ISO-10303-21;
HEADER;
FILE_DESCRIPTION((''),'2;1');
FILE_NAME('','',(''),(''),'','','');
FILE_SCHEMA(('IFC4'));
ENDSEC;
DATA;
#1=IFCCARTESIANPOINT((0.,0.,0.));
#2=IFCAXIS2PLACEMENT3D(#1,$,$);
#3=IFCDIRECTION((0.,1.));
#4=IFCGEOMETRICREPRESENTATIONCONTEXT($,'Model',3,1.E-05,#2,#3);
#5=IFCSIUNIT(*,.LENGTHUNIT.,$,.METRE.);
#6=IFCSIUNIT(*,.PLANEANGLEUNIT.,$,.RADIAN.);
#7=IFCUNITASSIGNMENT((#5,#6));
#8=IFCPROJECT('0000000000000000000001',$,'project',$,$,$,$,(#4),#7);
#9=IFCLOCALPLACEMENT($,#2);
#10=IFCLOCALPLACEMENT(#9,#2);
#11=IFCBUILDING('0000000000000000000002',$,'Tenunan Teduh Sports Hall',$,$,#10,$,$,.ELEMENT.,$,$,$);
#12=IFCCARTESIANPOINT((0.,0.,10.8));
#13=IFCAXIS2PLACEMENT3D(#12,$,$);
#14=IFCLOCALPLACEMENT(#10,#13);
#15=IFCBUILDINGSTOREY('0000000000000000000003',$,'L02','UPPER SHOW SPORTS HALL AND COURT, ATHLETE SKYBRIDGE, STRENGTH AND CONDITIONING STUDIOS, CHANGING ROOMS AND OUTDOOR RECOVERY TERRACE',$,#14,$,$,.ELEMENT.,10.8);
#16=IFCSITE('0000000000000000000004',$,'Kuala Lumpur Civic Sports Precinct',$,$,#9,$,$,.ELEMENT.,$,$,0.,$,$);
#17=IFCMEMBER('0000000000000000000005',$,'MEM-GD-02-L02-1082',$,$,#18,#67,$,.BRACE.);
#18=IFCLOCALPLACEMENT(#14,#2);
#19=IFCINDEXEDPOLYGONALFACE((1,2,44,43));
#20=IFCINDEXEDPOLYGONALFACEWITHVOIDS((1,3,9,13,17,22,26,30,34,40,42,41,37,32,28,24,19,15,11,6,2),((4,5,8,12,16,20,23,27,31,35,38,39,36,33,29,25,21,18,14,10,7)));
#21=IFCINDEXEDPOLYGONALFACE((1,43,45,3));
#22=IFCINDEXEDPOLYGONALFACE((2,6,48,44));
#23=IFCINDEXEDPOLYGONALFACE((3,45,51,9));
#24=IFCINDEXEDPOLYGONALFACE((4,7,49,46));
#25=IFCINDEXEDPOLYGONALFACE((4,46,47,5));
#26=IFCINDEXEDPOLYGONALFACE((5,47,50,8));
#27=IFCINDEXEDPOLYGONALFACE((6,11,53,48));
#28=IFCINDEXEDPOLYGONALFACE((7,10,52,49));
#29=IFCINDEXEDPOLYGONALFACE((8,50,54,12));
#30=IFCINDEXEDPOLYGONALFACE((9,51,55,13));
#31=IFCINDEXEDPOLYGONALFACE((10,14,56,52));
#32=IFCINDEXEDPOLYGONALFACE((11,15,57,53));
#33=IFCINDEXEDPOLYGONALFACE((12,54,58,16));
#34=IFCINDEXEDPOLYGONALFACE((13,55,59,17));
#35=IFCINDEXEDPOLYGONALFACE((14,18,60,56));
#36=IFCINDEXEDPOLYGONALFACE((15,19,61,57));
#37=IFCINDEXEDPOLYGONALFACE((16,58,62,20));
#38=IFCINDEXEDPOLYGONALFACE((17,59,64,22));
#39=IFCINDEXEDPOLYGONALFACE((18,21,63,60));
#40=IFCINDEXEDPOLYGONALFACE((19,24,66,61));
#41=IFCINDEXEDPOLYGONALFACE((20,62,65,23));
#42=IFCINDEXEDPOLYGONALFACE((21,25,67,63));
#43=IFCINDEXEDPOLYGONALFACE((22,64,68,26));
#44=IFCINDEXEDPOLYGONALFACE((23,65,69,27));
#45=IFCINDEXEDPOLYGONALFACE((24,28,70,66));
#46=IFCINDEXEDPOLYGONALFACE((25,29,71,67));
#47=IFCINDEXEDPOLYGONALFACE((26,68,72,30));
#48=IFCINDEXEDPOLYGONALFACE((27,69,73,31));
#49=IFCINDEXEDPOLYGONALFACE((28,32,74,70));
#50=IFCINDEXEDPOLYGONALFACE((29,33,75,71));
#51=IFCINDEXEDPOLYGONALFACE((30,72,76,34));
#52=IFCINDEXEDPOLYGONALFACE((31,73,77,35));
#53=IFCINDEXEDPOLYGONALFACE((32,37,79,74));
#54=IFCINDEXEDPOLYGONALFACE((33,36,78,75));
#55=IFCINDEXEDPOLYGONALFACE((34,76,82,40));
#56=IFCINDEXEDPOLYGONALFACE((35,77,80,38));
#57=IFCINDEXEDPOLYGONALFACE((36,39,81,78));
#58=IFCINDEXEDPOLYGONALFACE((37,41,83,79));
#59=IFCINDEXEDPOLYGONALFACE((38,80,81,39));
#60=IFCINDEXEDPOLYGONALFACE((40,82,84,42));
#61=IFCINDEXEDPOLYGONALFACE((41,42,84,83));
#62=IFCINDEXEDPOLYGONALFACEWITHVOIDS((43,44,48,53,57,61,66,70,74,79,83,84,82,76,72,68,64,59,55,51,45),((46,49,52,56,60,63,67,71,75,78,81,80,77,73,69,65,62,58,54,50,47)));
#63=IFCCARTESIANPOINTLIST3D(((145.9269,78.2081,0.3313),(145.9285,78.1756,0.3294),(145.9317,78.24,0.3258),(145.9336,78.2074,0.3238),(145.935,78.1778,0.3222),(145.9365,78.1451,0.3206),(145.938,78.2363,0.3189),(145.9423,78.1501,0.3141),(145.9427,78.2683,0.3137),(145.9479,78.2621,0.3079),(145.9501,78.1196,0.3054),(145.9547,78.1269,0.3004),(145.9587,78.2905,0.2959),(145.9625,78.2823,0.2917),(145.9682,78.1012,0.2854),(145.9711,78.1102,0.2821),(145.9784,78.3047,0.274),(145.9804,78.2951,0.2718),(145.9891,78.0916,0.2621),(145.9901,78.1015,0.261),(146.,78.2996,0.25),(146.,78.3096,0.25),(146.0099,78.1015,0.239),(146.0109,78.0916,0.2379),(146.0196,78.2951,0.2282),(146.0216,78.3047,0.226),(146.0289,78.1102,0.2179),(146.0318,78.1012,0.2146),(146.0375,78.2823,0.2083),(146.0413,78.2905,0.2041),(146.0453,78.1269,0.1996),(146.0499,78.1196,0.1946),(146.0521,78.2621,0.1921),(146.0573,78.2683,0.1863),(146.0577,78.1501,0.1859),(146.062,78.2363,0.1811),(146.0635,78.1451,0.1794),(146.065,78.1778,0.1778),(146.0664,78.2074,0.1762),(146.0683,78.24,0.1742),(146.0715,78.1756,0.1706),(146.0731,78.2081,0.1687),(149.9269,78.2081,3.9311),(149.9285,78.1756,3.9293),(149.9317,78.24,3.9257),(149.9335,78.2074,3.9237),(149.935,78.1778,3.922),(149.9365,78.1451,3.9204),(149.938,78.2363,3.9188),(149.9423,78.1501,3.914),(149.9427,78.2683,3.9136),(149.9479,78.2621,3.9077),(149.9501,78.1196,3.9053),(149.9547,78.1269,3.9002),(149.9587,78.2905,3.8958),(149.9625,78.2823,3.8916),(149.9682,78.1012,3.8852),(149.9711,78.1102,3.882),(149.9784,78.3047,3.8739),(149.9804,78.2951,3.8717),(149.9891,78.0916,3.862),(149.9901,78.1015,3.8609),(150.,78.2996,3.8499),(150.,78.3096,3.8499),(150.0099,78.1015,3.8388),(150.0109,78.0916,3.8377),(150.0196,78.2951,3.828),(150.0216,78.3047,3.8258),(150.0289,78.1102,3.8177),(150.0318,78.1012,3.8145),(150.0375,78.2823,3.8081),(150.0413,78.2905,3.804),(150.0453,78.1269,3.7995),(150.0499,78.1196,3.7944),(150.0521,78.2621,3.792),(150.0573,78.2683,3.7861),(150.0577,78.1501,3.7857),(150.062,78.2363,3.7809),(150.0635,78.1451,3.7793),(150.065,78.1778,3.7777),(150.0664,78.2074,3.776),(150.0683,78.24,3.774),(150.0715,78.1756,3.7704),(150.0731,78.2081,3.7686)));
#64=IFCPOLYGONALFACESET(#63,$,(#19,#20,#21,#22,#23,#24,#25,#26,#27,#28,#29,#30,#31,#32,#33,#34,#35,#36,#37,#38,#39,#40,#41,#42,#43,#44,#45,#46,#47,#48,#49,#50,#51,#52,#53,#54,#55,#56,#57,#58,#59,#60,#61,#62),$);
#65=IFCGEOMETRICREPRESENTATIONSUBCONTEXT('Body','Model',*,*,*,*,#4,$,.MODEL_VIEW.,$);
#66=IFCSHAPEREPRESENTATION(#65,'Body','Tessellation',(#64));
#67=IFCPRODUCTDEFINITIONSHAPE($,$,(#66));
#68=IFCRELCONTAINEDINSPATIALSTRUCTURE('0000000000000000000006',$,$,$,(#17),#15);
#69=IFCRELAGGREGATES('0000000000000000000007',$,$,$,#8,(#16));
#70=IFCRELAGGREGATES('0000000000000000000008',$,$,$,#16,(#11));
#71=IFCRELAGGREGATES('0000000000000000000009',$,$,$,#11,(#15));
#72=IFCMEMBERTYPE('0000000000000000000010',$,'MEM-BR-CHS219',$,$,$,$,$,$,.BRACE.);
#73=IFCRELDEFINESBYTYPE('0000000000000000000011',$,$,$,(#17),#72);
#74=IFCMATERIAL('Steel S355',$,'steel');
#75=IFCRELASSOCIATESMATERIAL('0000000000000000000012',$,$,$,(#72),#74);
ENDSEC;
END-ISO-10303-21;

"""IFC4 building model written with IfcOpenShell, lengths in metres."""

from ifc_helpers import new_model, si_unit, direction, frame, origin, origin_2d, place, context, subcontext, project, spatial, hollow_circle, extrude, material, material_profile, profile_set, type_object, element, save


model = new_model("IFC4")

# Units and contexts
model_context = context("Model", 3, precision=1e-05, world=origin(), true_north=direction((0.0, 1.0)))
body_context = subcontext(model_context, "Body", "Model", "MODEL_VIEW")
ifc_project = project(units=[si_unit("LENGTHUNIT", "METRE"), si_unit("PLANEANGLEUNIT", "RADIAN")], contexts=[model_context])

# Site, building, storey
site_placement = place(None, origin())
site = spatial("IfcSite", under=ifc_project, at=site_placement, Name="Kuala Lumpur Civic Sports Precinct", CompositionType="ELEMENT", RefElevation=0.0)
building_placement = place(site_placement, origin())
building = spatial("IfcBuilding", under=site, at=building_placement, Name="Tenunan Teduh Sports Hall", CompositionType="ELEMENT")
storey_placement = place(building_placement, frame((0.0, 0.0, 10.8)))
storey = spatial("IfcBuildingStorey", under=building, at=storey_placement, Name="L02", Description="UPPER SHOW SPORTS HALL AND COURT, ATHLETE SKYBRIDGE, STRENGTH AND CONDITIONING STUDIOS, CHANGING ROOMS AND OUTDOOR RECOVERY TERRACE", CompositionType="ELEMENT", Elevation=10.8)

# Member
ifc_material_1 = material(Name="Steel S355", Category="steel")
ifc_material_profile_1 = material_profile(ifc_material_1, hollow_circle(Radius=0.1096, WallThickness=0.01, at=origin_2d()), Name="CHS 219.1x10.0")
ifc_profile_set_1 = profile_set([ifc_material_profile_1], Name="Steel S355")
member_type_1 = type_object("IfcMemberType", Name="MEM-BR-CHS219", PredefinedType="BRACE", material=ifc_profile_set_1)
member_placement = place(storey_placement, frame((146.0, 78.2, 0.25), z_axis=(0.743308, 0.0, 0.66895), x_axis=(0.0, 1.0, 0.0)))
element("IfcMember", 1, at=member_placement, inside=storey, type_object=member_type_1, Name="MEM-GD-02-L02-1082", PredefinedType="BRACE", context=body_context, shape_type="SweptSolid", body=[
    extrude(hollow_circle(Radius=0.1096, WallThickness=0.01, at=origin_2d()), origin(), (0.0, 0.0, 1.0), 5.3813),
])

save(model, "model.ifc")
